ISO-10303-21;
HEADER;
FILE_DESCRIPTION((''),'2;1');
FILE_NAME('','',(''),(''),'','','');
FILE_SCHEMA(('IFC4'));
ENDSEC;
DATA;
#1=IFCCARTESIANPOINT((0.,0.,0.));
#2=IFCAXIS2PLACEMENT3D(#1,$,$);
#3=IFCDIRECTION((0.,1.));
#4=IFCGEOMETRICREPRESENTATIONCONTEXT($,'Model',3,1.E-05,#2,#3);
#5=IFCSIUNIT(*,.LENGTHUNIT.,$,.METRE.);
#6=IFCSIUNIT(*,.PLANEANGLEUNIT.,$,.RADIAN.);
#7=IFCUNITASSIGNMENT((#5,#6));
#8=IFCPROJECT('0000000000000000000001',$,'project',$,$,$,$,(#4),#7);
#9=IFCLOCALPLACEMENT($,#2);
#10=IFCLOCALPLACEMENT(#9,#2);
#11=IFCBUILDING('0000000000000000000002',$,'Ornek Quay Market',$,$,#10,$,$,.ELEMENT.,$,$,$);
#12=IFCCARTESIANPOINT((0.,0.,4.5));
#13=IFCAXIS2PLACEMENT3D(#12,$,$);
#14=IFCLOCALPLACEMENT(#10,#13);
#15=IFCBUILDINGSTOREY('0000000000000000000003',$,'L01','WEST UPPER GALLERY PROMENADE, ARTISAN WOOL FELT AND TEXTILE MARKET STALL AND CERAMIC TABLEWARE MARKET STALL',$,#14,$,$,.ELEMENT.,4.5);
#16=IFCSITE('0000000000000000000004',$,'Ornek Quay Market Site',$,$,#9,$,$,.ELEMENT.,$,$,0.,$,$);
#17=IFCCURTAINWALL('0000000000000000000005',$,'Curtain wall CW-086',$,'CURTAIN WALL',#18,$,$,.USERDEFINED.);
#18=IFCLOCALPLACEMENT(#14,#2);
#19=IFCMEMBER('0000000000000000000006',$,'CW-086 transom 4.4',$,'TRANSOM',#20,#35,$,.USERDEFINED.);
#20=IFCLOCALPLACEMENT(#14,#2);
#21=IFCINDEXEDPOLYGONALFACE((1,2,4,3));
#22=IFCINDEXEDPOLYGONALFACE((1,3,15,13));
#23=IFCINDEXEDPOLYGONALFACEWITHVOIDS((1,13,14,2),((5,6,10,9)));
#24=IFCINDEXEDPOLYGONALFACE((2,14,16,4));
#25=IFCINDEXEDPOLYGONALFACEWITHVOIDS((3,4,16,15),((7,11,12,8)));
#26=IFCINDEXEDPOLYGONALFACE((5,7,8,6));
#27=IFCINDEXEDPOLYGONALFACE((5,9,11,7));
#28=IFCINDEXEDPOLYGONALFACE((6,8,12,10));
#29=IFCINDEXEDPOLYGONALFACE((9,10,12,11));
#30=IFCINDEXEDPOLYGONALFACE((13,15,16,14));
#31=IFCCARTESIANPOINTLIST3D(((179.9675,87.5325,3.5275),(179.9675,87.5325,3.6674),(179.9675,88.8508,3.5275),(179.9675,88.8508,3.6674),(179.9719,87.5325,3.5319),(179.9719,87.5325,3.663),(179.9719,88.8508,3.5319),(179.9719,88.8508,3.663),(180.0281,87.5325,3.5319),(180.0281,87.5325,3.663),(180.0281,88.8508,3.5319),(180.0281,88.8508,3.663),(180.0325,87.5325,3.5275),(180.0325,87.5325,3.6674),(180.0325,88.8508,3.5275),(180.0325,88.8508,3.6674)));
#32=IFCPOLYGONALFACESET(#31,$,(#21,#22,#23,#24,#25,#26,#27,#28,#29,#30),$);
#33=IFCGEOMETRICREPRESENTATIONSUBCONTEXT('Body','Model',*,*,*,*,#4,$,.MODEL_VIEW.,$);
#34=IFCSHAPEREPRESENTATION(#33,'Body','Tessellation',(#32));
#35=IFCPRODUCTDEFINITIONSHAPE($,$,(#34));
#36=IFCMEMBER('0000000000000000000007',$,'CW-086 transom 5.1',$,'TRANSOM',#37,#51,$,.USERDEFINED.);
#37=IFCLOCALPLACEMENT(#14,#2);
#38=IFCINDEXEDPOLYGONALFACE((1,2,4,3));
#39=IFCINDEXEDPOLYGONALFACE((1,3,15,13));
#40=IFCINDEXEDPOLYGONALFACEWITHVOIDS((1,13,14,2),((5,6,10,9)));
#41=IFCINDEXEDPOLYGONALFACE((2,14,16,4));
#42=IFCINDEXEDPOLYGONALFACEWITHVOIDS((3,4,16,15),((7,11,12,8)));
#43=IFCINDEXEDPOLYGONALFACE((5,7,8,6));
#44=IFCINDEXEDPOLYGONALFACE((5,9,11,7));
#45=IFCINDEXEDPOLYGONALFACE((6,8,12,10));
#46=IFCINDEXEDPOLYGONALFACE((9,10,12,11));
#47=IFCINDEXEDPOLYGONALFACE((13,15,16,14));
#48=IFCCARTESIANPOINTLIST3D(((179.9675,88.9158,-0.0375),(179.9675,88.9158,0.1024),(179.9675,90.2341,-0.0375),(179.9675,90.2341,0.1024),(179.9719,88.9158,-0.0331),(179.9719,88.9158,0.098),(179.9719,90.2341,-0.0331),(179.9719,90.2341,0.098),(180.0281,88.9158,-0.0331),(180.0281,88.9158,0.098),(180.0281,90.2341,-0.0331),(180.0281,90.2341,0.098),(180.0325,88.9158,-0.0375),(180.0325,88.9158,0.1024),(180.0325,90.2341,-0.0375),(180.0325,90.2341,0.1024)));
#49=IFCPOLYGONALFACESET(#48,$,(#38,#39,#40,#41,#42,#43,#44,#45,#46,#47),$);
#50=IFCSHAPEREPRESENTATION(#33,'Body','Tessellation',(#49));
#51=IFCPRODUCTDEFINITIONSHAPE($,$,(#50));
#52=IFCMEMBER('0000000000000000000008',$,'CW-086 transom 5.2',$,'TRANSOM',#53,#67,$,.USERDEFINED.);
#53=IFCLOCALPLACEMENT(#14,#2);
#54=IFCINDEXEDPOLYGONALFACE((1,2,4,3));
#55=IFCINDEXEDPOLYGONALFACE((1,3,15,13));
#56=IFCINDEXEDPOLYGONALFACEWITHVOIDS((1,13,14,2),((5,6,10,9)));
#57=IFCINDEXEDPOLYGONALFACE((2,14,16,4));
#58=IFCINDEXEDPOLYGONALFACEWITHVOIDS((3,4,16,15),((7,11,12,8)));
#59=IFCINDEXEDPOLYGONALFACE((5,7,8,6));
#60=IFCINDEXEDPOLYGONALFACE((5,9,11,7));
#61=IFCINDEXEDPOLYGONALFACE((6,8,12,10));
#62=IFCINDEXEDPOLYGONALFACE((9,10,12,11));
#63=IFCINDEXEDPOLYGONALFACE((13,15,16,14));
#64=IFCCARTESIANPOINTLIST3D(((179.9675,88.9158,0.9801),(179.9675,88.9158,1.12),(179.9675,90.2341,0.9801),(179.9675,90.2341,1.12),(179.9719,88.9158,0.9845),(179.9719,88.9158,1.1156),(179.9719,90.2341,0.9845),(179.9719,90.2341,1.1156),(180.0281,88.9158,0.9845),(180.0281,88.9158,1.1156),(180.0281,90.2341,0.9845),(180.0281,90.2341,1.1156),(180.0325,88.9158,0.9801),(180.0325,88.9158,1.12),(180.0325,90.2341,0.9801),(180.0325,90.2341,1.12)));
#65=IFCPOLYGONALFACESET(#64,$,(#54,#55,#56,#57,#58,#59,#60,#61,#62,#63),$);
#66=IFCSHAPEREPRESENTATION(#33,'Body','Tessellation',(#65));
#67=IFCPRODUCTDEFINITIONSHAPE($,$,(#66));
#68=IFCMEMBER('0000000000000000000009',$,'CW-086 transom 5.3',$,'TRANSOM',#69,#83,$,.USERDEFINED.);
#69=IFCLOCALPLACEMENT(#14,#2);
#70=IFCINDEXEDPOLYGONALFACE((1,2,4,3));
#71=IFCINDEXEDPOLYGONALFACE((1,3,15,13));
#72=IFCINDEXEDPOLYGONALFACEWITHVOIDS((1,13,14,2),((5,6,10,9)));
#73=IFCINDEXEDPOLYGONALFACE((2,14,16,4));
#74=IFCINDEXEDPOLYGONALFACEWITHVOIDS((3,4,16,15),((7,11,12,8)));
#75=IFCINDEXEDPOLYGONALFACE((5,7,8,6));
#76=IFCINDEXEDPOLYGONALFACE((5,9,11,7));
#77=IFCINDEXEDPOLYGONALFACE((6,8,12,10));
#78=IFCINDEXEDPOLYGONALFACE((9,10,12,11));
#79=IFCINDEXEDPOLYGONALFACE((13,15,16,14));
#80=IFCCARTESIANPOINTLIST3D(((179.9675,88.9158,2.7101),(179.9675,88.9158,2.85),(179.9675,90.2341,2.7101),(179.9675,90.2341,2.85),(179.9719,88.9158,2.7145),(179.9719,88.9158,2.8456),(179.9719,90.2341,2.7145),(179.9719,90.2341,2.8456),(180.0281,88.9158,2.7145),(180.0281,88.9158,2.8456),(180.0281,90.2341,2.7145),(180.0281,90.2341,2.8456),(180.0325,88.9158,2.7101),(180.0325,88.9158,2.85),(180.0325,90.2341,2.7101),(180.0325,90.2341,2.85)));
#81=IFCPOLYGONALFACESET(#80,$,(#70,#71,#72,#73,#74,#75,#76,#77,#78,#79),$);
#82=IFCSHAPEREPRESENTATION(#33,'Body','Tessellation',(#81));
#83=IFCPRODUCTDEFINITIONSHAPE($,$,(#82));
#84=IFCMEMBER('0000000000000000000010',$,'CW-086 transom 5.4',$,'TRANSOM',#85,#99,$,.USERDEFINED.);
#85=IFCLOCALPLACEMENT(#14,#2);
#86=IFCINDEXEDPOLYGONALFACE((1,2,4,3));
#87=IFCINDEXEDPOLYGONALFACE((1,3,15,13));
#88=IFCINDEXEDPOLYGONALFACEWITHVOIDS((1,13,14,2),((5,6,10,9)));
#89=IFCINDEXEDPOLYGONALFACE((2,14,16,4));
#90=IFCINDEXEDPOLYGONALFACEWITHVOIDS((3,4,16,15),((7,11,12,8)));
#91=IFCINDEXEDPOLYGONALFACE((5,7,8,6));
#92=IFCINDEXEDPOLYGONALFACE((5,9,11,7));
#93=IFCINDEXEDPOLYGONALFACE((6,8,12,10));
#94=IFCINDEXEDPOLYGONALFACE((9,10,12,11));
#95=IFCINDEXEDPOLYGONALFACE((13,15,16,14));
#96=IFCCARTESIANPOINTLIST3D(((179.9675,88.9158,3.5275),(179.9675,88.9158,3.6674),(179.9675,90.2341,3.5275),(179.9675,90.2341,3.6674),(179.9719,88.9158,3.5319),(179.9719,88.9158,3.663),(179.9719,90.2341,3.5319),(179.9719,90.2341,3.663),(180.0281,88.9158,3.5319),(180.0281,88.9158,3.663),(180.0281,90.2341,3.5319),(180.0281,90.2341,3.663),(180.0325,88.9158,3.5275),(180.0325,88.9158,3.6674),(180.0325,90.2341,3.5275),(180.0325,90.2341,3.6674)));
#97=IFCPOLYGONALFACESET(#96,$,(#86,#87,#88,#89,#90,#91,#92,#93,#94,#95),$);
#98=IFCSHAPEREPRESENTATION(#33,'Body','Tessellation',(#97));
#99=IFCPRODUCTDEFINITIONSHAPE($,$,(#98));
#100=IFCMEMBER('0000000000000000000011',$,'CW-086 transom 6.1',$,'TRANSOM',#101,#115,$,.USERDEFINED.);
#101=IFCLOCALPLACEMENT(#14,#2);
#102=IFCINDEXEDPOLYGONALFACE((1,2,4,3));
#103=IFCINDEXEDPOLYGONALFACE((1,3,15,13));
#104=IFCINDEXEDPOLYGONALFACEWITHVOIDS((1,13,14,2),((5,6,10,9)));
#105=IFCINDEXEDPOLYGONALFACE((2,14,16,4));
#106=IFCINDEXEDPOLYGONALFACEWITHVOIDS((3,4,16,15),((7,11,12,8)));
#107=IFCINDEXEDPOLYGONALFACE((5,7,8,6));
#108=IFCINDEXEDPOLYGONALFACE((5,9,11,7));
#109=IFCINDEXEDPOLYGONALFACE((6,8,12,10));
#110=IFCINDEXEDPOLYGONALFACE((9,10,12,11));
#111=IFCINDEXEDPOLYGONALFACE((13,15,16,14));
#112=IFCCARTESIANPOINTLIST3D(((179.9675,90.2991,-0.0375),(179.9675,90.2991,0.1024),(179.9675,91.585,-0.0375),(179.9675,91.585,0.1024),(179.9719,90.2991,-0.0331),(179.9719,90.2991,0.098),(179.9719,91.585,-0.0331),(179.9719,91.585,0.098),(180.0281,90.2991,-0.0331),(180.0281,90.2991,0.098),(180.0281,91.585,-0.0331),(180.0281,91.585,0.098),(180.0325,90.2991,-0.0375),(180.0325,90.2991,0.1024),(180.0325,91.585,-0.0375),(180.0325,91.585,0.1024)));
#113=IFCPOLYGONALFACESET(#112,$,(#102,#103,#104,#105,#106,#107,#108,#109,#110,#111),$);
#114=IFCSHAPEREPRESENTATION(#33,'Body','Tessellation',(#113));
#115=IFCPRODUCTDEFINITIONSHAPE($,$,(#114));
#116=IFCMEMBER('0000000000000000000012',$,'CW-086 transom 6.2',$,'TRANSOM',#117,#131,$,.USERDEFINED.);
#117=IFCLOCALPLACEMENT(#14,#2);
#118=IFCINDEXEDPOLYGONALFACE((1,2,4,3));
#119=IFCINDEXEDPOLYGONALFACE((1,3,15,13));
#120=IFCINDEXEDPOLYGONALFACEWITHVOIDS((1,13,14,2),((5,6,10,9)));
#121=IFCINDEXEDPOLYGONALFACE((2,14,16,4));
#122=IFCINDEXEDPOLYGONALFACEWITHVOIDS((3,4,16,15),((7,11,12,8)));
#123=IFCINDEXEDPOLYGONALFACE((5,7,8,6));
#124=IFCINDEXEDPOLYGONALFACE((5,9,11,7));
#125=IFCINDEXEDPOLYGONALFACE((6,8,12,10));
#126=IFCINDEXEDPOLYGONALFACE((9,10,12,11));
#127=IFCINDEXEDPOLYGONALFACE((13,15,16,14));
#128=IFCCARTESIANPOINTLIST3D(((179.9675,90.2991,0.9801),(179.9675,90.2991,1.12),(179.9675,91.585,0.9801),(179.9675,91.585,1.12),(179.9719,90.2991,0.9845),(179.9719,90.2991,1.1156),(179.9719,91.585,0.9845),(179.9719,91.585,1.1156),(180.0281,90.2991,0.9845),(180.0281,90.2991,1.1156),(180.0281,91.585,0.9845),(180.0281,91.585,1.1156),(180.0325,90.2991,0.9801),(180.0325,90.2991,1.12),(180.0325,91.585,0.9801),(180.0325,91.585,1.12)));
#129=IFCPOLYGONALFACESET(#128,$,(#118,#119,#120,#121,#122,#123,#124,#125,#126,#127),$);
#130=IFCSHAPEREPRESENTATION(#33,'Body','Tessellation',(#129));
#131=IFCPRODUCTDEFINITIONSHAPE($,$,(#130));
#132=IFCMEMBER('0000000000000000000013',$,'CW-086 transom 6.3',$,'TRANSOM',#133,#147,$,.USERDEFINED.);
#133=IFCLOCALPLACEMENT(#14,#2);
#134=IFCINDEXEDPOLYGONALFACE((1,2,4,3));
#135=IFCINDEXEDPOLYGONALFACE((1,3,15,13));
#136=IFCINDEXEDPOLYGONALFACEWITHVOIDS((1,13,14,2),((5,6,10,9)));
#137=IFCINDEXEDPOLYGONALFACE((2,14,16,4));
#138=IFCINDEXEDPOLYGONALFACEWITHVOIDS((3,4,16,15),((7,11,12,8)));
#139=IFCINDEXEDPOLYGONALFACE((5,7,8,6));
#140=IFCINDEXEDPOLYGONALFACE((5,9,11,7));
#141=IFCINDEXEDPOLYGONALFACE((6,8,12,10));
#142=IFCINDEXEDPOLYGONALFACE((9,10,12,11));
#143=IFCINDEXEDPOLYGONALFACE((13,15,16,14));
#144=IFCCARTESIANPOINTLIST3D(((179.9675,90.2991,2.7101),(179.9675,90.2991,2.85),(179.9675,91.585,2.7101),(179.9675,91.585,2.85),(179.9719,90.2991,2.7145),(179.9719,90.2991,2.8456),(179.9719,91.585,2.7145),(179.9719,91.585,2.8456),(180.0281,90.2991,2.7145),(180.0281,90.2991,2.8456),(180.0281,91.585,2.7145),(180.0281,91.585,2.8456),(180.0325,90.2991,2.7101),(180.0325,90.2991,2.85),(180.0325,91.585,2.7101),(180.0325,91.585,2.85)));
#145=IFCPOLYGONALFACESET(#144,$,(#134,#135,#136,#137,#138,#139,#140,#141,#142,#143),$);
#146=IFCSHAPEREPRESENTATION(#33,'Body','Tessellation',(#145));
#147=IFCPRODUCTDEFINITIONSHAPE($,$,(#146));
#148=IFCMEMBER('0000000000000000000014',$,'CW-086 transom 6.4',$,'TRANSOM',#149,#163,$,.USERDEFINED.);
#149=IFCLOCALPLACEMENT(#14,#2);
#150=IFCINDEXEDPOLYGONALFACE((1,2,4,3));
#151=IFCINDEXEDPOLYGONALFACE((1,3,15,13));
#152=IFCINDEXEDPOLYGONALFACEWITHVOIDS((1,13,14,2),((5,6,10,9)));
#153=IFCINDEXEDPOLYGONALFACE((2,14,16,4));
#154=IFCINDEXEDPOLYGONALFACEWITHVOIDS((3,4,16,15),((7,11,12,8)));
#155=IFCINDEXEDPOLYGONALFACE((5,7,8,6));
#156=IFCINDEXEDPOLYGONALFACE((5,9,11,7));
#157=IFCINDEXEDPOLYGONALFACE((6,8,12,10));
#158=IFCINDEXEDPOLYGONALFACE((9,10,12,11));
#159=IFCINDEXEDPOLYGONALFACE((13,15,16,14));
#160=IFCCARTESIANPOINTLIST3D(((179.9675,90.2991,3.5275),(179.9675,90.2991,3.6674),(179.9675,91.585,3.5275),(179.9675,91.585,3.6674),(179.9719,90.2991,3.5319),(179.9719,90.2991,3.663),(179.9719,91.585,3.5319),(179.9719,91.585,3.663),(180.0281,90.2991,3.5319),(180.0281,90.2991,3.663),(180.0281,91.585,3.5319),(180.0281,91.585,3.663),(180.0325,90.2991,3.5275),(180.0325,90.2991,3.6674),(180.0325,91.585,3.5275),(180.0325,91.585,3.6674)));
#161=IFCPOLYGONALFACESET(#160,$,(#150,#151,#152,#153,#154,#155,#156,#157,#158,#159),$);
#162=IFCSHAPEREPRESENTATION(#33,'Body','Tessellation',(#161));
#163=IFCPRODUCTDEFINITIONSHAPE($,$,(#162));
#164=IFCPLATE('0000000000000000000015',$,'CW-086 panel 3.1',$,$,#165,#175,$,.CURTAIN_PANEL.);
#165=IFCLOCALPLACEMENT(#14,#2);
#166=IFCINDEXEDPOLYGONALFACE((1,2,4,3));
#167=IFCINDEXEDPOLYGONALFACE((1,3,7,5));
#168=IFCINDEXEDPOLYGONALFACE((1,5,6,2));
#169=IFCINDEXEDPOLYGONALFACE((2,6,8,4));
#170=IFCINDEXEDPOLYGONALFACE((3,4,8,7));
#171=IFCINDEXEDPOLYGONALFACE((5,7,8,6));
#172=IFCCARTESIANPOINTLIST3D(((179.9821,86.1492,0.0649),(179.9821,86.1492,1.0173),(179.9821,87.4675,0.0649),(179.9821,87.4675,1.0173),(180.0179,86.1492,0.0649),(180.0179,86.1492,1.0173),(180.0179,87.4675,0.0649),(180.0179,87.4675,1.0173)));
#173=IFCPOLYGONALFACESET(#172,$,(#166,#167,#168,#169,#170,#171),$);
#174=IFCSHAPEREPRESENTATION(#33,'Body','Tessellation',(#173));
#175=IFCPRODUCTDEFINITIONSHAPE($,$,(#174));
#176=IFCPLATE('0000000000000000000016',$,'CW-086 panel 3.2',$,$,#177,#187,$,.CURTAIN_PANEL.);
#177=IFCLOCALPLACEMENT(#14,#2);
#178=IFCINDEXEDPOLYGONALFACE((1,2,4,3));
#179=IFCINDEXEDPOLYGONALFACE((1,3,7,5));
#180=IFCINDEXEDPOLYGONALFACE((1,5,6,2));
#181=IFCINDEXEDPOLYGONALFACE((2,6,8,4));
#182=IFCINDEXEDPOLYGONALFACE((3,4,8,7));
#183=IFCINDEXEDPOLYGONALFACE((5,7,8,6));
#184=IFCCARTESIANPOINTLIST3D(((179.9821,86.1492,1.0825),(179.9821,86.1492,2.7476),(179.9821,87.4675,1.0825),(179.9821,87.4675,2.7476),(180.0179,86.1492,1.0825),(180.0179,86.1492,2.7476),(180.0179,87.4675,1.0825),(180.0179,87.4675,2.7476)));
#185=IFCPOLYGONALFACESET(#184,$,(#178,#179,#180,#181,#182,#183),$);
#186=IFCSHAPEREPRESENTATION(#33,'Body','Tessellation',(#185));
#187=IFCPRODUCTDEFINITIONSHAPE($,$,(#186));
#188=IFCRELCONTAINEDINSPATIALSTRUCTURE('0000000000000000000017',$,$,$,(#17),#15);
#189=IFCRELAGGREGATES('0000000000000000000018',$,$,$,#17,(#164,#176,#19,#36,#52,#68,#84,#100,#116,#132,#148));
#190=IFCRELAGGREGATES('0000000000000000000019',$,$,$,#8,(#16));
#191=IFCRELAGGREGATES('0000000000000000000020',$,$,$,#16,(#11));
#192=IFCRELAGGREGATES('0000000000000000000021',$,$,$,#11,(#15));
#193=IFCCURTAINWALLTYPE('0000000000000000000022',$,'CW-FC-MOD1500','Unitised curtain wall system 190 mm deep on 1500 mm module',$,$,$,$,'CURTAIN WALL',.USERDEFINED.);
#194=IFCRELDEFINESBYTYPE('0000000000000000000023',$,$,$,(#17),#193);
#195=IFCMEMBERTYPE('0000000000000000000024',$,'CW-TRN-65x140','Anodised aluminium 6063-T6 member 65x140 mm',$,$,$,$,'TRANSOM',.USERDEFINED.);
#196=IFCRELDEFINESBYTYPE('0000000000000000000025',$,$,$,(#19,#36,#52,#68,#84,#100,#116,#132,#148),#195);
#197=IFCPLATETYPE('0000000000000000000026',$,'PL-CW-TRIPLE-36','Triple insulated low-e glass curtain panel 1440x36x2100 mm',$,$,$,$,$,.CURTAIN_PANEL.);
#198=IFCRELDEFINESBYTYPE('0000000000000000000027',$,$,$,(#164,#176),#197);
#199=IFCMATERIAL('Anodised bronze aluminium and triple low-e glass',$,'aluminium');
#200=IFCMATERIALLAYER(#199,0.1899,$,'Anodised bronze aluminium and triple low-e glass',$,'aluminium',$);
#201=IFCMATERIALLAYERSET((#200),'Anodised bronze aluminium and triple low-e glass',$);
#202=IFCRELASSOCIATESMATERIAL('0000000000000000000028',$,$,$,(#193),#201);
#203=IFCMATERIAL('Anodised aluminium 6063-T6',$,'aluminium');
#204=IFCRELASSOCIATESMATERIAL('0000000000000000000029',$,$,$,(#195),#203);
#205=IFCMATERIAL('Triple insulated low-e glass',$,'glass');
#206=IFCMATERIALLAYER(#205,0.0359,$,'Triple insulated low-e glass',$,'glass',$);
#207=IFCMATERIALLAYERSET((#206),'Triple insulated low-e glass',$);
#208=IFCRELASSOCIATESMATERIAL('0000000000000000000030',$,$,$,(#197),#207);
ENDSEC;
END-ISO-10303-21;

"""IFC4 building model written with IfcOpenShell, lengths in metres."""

from ifc_helpers import new_model, si_unit, direction, frame, origin, origin_2d, place, context, subcontext, project, spatial, rectangle, hollow_rectangle, extrude, material, layer, layer_set, material_profile, profile_set, type_object, element, aggregate, save


model = new_model("IFC4")

# Units and contexts
model_context = context("Model", 3, precision=1e-05, world=origin(), true_north=direction((0.0, 1.0)))
body_context = subcontext(model_context, "Body", "Model", "MODEL_VIEW")
ifc_project = project(units=[si_unit("LENGTHUNIT", "METRE"), si_unit("PLANEANGLEUNIT", "RADIAN")], contexts=[model_context])

# Site, building, storey
site_placement = place(None, origin())
site = spatial("IfcSite", under=ifc_project, at=site_placement, Name="Ornek Quay Market Site", CompositionType="ELEMENT", RefElevation=0.0)
building_placement = place(site_placement, origin())
building = spatial("IfcBuilding", under=site, at=building_placement, Name="Ornek Quay Market", CompositionType="ELEMENT")
storey_placement = place(building_placement, frame((0.0, 0.0, 4.5)))
storey = spatial("IfcBuildingStorey", under=building, at=storey_placement, Name="L01", Description="WEST UPPER GALLERY PROMENADE, ARTISAN WOOL FELT AND TEXTILE MARKET STALL AND CERAMIC TABLEWARE MARKET STALL", CompositionType="ELEMENT", Elevation=4.5)

# Curtain wall, members, plates
ifc_material_1 = material(Name="Anodised bronze aluminium and triple low-e glass", Category="aluminium")
ifc_layer_1 = layer(ifc_material_1, 0.1899, Name="Anodised bronze aluminium and triple low-e glass", Category="aluminium")
ifc_layer_set_1 = layer_set([ifc_layer_1], Name="Anodised bronze aluminium and triple low-e glass")
curtain_wall_type = type_object("IfcCurtainWallType", Name="CW-FC-MOD1500", Description="Unitised curtain wall system 190 mm deep on 1500 mm module", ElementType="CURTAIN WALL", PredefinedType="USERDEFINED", material=ifc_layer_set_1)
curtain_wall_placement = place(storey_placement, origin())
curtain_wall = element("IfcCurtainWall", 1, at=curtain_wall_placement, inside=storey, type_object=curtain_wall_type, Name="Curtain wall CW-086", ObjectType="CURTAIN WALL", PredefinedType="USERDEFINED")
ifc_material_2 = material(Name="Anodised aluminium 6063-T6", Category="aluminium")
ifc_material_profile_1 = material_profile(ifc_material_2, hollow_rectangle(XDim=0.0649, YDim=0.1399, WallThickness=0.0044, at=origin_2d()), Name="CW-TRN-65x140", Category="aluminium")
ifc_profile_set_1 = profile_set([ifc_material_profile_1], Name="Anodised aluminium 6063-T6")
member_type_1 = type_object("IfcMemberType", Name="CW-TRN-65x140", Description="Anodised aluminium 6063-T6 member 65x140 mm", ElementType="TRANSOM", PredefinedType="USERDEFINED", material=ifc_profile_set_1)
member_1_placement = place(storey_placement, frame((180.0, 87.5325, 3.5974), z_axis=(0.0, 1.0, 0.0), x_axis=(-1.0, 0.0, 0.0)))
member_1 = element("IfcMember", 2, at=member_1_placement, type_object=member_type_1, Name="CW-086 transom 4.4", ObjectType="TRANSOM", PredefinedType="USERDEFINED", context=body_context, shape_type="SweptSolid", body=[
    extrude(hollow_rectangle(XDim=0.0649, YDim=0.1399, WallThickness=0.0044, at=origin_2d()), origin(), (0.0, 0.0, 1.0), 1.3184),
])
member_2_placement = place(storey_placement, frame((180.0, 88.9158, 0.0325), z_axis=(0.0, 1.0, 0.0), x_axis=(-1.0, 0.0, 0.0)))
member_2 = element("IfcMember", 3, at=member_2_placement, type_object=member_type_1, Name="CW-086 transom 5.1", ObjectType="TRANSOM", PredefinedType="USERDEFINED", context=body_context, shape_type="SweptSolid", body=[
    extrude(hollow_rectangle(XDim=0.0649, YDim=0.1399, WallThickness=0.0044, at=origin_2d()), origin(), (0.0, 0.0, 1.0), 1.3184),
])
member_3_placement = place(storey_placement, frame((180.0, 88.9158, 1.05), z_axis=(0.0, 1.0, 0.0), x_axis=(-1.0, 0.0, 0.0)))
member_3 = element("IfcMember", 4, at=member_3_placement, type_object=member_type_1, Name="CW-086 transom 5.2", ObjectType="TRANSOM", PredefinedType="USERDEFINED", context=body_context, shape_type="SweptSolid", body=[
    extrude(hollow_rectangle(XDim=0.0649, YDim=0.1399, WallThickness=0.0044, at=origin_2d()), origin(), (0.0, 0.0, 1.0), 1.3184),
])
member_4_placement = place(storey_placement, frame((180.0, 88.9158, 2.78), z_axis=(0.0, 1.0, 0.0), x_axis=(-1.0, 0.0, 0.0)))
member_4 = element("IfcMember", 5, at=member_4_placement, type_object=member_type_1, Name="CW-086 transom 5.3", ObjectType="TRANSOM", PredefinedType="USERDEFINED", context=body_context, shape_type="SweptSolid", body=[
    extrude(hollow_rectangle(XDim=0.0649, YDim=0.1399, WallThickness=0.0044, at=origin_2d()), origin(), (0.0, 0.0, 1.0), 1.3184),
])
member_5_placement = place(storey_placement, frame((180.0, 88.9158, 3.5974), z_axis=(0.0, 1.0, 0.0), x_axis=(-1.0, 0.0, 0.0)))
member_5 = element("IfcMember", 6, at=member_5_placement, type_object=member_type_1, Name="CW-086 transom 5.4", ObjectType="TRANSOM", PredefinedType="USERDEFINED", context=body_context, shape_type="SweptSolid", body=[
    extrude(hollow_rectangle(XDim=0.0649, YDim=0.1399, WallThickness=0.0044, at=origin_2d()), origin(), (0.0, 0.0, 1.0), 1.3184),
])
member_6_placement = place(storey_placement, frame((180.0, 90.2991, 0.0325), z_axis=(0.0, 1.0, 0.0), x_axis=(-1.0, 0.0, 0.0)))
member_6 = element("IfcMember", 7, at=member_6_placement, type_object=member_type_1, Name="CW-086 transom 6.1", ObjectType="TRANSOM", PredefinedType="USERDEFINED", context=body_context, shape_type="SweptSolid", body=[
    extrude(hollow_rectangle(XDim=0.0649, YDim=0.1399, WallThickness=0.0044, at=origin_2d()), origin(), (0.0, 0.0, 1.0), 1.2859),
])
member_7_placement = place(storey_placement, frame((180.0, 90.2991, 1.05), z_axis=(0.0, 1.0, 0.0), x_axis=(-1.0, 0.0, 0.0)))
member_7 = element("IfcMember", 8, at=member_7_placement, type_object=member_type_1, Name="CW-086 transom 6.2", ObjectType="TRANSOM", PredefinedType="USERDEFINED", context=body_context, shape_type="SweptSolid", body=[
    extrude(hollow_rectangle(XDim=0.0649, YDim=0.1399, WallThickness=0.0044, at=origin_2d()), origin(), (0.0, 0.0, 1.0), 1.2859),
])
member_8_placement = place(storey_placement, frame((180.0, 90.2991, 2.78), z_axis=(0.0, 1.0, 0.0), x_axis=(-1.0, 0.0, 0.0)))
member_8 = element("IfcMember", 9, at=member_8_placement, type_object=member_type_1, Name="CW-086 transom 6.3", ObjectType="TRANSOM", PredefinedType="USERDEFINED", context=body_context, shape_type="SweptSolid", body=[
    extrude(hollow_rectangle(XDim=0.0649, YDim=0.1399, WallThickness=0.0044, at=origin_2d()), origin(), (0.0, 0.0, 1.0), 1.2859),
])
member_9_placement = place(storey_placement, frame((180.0, 90.2991, 3.5974), z_axis=(0.0, 1.0, 0.0), x_axis=(-1.0, 0.0, 0.0)))
member_9 = element("IfcMember", 10, at=member_9_placement, type_object=member_type_1, Name="CW-086 transom 6.4", ObjectType="TRANSOM", PredefinedType="USERDEFINED", context=body_context, shape_type="SweptSolid", body=[
    extrude(hollow_rectangle(XDim=0.0649, YDim=0.1399, WallThickness=0.0044, at=origin_2d()), origin(), (0.0, 0.0, 1.0), 1.2859),
])
ifc_material_3 = material(Name="Triple insulated low-e glass", Category="glass")
ifc_layer_2 = layer(ifc_material_3, 0.0359, Name="Triple insulated low-e glass", Category="glass")
ifc_layer_set_2 = layer_set([ifc_layer_2], Name="Triple insulated low-e glass")
plate_type = type_object("IfcPlateType", Name="PL-CW-TRIPLE-36", Description="Triple insulated low-e glass curtain panel 1440x36x2100 mm", PredefinedType="CURTAIN_PANEL", material=ifc_layer_set_2)
plate_1_placement = place(storey_placement, frame((180.0, 86.8083, 0.0649), z_axis=(0.0, 0.0, 1.0), x_axis=(0.0, 1.0, 0.0)))
plate_1 = element("IfcPlate", 11, at=plate_1_placement, type_object=plate_type, Name="CW-086 panel 3.1", PredefinedType="CURTAIN_PANEL", context=body_context, shape_type="SweptSolid", body=[
    extrude(rectangle(XDim=1.3184, YDim=0.0359, at=origin_2d()), origin(), (0.0, 0.0, 1.0), 0.9524),
])
plate_2_placement = place(storey_placement, frame((180.0, 86.8083, 1.0825), z_axis=(0.0, 0.0, 1.0), x_axis=(0.0, 1.0, 0.0)))
plate_2 = element("IfcPlate", 12, at=plate_2_placement, type_object=plate_type, Name="CW-086 panel 3.2", PredefinedType="CURTAIN_PANEL", context=body_context, shape_type="SweptSolid", body=[
    extrude(rectangle(XDim=1.3184, YDim=0.0359, at=origin_2d()), origin(), (0.0, 0.0, 1.0), 1.665),
])
aggregate(curtain_wall, [plate_1, plate_2, member_1, member_2, member_3, member_4, member_5, member_6, member_7, member_8, member_9])

save(model, "model.ifc")
